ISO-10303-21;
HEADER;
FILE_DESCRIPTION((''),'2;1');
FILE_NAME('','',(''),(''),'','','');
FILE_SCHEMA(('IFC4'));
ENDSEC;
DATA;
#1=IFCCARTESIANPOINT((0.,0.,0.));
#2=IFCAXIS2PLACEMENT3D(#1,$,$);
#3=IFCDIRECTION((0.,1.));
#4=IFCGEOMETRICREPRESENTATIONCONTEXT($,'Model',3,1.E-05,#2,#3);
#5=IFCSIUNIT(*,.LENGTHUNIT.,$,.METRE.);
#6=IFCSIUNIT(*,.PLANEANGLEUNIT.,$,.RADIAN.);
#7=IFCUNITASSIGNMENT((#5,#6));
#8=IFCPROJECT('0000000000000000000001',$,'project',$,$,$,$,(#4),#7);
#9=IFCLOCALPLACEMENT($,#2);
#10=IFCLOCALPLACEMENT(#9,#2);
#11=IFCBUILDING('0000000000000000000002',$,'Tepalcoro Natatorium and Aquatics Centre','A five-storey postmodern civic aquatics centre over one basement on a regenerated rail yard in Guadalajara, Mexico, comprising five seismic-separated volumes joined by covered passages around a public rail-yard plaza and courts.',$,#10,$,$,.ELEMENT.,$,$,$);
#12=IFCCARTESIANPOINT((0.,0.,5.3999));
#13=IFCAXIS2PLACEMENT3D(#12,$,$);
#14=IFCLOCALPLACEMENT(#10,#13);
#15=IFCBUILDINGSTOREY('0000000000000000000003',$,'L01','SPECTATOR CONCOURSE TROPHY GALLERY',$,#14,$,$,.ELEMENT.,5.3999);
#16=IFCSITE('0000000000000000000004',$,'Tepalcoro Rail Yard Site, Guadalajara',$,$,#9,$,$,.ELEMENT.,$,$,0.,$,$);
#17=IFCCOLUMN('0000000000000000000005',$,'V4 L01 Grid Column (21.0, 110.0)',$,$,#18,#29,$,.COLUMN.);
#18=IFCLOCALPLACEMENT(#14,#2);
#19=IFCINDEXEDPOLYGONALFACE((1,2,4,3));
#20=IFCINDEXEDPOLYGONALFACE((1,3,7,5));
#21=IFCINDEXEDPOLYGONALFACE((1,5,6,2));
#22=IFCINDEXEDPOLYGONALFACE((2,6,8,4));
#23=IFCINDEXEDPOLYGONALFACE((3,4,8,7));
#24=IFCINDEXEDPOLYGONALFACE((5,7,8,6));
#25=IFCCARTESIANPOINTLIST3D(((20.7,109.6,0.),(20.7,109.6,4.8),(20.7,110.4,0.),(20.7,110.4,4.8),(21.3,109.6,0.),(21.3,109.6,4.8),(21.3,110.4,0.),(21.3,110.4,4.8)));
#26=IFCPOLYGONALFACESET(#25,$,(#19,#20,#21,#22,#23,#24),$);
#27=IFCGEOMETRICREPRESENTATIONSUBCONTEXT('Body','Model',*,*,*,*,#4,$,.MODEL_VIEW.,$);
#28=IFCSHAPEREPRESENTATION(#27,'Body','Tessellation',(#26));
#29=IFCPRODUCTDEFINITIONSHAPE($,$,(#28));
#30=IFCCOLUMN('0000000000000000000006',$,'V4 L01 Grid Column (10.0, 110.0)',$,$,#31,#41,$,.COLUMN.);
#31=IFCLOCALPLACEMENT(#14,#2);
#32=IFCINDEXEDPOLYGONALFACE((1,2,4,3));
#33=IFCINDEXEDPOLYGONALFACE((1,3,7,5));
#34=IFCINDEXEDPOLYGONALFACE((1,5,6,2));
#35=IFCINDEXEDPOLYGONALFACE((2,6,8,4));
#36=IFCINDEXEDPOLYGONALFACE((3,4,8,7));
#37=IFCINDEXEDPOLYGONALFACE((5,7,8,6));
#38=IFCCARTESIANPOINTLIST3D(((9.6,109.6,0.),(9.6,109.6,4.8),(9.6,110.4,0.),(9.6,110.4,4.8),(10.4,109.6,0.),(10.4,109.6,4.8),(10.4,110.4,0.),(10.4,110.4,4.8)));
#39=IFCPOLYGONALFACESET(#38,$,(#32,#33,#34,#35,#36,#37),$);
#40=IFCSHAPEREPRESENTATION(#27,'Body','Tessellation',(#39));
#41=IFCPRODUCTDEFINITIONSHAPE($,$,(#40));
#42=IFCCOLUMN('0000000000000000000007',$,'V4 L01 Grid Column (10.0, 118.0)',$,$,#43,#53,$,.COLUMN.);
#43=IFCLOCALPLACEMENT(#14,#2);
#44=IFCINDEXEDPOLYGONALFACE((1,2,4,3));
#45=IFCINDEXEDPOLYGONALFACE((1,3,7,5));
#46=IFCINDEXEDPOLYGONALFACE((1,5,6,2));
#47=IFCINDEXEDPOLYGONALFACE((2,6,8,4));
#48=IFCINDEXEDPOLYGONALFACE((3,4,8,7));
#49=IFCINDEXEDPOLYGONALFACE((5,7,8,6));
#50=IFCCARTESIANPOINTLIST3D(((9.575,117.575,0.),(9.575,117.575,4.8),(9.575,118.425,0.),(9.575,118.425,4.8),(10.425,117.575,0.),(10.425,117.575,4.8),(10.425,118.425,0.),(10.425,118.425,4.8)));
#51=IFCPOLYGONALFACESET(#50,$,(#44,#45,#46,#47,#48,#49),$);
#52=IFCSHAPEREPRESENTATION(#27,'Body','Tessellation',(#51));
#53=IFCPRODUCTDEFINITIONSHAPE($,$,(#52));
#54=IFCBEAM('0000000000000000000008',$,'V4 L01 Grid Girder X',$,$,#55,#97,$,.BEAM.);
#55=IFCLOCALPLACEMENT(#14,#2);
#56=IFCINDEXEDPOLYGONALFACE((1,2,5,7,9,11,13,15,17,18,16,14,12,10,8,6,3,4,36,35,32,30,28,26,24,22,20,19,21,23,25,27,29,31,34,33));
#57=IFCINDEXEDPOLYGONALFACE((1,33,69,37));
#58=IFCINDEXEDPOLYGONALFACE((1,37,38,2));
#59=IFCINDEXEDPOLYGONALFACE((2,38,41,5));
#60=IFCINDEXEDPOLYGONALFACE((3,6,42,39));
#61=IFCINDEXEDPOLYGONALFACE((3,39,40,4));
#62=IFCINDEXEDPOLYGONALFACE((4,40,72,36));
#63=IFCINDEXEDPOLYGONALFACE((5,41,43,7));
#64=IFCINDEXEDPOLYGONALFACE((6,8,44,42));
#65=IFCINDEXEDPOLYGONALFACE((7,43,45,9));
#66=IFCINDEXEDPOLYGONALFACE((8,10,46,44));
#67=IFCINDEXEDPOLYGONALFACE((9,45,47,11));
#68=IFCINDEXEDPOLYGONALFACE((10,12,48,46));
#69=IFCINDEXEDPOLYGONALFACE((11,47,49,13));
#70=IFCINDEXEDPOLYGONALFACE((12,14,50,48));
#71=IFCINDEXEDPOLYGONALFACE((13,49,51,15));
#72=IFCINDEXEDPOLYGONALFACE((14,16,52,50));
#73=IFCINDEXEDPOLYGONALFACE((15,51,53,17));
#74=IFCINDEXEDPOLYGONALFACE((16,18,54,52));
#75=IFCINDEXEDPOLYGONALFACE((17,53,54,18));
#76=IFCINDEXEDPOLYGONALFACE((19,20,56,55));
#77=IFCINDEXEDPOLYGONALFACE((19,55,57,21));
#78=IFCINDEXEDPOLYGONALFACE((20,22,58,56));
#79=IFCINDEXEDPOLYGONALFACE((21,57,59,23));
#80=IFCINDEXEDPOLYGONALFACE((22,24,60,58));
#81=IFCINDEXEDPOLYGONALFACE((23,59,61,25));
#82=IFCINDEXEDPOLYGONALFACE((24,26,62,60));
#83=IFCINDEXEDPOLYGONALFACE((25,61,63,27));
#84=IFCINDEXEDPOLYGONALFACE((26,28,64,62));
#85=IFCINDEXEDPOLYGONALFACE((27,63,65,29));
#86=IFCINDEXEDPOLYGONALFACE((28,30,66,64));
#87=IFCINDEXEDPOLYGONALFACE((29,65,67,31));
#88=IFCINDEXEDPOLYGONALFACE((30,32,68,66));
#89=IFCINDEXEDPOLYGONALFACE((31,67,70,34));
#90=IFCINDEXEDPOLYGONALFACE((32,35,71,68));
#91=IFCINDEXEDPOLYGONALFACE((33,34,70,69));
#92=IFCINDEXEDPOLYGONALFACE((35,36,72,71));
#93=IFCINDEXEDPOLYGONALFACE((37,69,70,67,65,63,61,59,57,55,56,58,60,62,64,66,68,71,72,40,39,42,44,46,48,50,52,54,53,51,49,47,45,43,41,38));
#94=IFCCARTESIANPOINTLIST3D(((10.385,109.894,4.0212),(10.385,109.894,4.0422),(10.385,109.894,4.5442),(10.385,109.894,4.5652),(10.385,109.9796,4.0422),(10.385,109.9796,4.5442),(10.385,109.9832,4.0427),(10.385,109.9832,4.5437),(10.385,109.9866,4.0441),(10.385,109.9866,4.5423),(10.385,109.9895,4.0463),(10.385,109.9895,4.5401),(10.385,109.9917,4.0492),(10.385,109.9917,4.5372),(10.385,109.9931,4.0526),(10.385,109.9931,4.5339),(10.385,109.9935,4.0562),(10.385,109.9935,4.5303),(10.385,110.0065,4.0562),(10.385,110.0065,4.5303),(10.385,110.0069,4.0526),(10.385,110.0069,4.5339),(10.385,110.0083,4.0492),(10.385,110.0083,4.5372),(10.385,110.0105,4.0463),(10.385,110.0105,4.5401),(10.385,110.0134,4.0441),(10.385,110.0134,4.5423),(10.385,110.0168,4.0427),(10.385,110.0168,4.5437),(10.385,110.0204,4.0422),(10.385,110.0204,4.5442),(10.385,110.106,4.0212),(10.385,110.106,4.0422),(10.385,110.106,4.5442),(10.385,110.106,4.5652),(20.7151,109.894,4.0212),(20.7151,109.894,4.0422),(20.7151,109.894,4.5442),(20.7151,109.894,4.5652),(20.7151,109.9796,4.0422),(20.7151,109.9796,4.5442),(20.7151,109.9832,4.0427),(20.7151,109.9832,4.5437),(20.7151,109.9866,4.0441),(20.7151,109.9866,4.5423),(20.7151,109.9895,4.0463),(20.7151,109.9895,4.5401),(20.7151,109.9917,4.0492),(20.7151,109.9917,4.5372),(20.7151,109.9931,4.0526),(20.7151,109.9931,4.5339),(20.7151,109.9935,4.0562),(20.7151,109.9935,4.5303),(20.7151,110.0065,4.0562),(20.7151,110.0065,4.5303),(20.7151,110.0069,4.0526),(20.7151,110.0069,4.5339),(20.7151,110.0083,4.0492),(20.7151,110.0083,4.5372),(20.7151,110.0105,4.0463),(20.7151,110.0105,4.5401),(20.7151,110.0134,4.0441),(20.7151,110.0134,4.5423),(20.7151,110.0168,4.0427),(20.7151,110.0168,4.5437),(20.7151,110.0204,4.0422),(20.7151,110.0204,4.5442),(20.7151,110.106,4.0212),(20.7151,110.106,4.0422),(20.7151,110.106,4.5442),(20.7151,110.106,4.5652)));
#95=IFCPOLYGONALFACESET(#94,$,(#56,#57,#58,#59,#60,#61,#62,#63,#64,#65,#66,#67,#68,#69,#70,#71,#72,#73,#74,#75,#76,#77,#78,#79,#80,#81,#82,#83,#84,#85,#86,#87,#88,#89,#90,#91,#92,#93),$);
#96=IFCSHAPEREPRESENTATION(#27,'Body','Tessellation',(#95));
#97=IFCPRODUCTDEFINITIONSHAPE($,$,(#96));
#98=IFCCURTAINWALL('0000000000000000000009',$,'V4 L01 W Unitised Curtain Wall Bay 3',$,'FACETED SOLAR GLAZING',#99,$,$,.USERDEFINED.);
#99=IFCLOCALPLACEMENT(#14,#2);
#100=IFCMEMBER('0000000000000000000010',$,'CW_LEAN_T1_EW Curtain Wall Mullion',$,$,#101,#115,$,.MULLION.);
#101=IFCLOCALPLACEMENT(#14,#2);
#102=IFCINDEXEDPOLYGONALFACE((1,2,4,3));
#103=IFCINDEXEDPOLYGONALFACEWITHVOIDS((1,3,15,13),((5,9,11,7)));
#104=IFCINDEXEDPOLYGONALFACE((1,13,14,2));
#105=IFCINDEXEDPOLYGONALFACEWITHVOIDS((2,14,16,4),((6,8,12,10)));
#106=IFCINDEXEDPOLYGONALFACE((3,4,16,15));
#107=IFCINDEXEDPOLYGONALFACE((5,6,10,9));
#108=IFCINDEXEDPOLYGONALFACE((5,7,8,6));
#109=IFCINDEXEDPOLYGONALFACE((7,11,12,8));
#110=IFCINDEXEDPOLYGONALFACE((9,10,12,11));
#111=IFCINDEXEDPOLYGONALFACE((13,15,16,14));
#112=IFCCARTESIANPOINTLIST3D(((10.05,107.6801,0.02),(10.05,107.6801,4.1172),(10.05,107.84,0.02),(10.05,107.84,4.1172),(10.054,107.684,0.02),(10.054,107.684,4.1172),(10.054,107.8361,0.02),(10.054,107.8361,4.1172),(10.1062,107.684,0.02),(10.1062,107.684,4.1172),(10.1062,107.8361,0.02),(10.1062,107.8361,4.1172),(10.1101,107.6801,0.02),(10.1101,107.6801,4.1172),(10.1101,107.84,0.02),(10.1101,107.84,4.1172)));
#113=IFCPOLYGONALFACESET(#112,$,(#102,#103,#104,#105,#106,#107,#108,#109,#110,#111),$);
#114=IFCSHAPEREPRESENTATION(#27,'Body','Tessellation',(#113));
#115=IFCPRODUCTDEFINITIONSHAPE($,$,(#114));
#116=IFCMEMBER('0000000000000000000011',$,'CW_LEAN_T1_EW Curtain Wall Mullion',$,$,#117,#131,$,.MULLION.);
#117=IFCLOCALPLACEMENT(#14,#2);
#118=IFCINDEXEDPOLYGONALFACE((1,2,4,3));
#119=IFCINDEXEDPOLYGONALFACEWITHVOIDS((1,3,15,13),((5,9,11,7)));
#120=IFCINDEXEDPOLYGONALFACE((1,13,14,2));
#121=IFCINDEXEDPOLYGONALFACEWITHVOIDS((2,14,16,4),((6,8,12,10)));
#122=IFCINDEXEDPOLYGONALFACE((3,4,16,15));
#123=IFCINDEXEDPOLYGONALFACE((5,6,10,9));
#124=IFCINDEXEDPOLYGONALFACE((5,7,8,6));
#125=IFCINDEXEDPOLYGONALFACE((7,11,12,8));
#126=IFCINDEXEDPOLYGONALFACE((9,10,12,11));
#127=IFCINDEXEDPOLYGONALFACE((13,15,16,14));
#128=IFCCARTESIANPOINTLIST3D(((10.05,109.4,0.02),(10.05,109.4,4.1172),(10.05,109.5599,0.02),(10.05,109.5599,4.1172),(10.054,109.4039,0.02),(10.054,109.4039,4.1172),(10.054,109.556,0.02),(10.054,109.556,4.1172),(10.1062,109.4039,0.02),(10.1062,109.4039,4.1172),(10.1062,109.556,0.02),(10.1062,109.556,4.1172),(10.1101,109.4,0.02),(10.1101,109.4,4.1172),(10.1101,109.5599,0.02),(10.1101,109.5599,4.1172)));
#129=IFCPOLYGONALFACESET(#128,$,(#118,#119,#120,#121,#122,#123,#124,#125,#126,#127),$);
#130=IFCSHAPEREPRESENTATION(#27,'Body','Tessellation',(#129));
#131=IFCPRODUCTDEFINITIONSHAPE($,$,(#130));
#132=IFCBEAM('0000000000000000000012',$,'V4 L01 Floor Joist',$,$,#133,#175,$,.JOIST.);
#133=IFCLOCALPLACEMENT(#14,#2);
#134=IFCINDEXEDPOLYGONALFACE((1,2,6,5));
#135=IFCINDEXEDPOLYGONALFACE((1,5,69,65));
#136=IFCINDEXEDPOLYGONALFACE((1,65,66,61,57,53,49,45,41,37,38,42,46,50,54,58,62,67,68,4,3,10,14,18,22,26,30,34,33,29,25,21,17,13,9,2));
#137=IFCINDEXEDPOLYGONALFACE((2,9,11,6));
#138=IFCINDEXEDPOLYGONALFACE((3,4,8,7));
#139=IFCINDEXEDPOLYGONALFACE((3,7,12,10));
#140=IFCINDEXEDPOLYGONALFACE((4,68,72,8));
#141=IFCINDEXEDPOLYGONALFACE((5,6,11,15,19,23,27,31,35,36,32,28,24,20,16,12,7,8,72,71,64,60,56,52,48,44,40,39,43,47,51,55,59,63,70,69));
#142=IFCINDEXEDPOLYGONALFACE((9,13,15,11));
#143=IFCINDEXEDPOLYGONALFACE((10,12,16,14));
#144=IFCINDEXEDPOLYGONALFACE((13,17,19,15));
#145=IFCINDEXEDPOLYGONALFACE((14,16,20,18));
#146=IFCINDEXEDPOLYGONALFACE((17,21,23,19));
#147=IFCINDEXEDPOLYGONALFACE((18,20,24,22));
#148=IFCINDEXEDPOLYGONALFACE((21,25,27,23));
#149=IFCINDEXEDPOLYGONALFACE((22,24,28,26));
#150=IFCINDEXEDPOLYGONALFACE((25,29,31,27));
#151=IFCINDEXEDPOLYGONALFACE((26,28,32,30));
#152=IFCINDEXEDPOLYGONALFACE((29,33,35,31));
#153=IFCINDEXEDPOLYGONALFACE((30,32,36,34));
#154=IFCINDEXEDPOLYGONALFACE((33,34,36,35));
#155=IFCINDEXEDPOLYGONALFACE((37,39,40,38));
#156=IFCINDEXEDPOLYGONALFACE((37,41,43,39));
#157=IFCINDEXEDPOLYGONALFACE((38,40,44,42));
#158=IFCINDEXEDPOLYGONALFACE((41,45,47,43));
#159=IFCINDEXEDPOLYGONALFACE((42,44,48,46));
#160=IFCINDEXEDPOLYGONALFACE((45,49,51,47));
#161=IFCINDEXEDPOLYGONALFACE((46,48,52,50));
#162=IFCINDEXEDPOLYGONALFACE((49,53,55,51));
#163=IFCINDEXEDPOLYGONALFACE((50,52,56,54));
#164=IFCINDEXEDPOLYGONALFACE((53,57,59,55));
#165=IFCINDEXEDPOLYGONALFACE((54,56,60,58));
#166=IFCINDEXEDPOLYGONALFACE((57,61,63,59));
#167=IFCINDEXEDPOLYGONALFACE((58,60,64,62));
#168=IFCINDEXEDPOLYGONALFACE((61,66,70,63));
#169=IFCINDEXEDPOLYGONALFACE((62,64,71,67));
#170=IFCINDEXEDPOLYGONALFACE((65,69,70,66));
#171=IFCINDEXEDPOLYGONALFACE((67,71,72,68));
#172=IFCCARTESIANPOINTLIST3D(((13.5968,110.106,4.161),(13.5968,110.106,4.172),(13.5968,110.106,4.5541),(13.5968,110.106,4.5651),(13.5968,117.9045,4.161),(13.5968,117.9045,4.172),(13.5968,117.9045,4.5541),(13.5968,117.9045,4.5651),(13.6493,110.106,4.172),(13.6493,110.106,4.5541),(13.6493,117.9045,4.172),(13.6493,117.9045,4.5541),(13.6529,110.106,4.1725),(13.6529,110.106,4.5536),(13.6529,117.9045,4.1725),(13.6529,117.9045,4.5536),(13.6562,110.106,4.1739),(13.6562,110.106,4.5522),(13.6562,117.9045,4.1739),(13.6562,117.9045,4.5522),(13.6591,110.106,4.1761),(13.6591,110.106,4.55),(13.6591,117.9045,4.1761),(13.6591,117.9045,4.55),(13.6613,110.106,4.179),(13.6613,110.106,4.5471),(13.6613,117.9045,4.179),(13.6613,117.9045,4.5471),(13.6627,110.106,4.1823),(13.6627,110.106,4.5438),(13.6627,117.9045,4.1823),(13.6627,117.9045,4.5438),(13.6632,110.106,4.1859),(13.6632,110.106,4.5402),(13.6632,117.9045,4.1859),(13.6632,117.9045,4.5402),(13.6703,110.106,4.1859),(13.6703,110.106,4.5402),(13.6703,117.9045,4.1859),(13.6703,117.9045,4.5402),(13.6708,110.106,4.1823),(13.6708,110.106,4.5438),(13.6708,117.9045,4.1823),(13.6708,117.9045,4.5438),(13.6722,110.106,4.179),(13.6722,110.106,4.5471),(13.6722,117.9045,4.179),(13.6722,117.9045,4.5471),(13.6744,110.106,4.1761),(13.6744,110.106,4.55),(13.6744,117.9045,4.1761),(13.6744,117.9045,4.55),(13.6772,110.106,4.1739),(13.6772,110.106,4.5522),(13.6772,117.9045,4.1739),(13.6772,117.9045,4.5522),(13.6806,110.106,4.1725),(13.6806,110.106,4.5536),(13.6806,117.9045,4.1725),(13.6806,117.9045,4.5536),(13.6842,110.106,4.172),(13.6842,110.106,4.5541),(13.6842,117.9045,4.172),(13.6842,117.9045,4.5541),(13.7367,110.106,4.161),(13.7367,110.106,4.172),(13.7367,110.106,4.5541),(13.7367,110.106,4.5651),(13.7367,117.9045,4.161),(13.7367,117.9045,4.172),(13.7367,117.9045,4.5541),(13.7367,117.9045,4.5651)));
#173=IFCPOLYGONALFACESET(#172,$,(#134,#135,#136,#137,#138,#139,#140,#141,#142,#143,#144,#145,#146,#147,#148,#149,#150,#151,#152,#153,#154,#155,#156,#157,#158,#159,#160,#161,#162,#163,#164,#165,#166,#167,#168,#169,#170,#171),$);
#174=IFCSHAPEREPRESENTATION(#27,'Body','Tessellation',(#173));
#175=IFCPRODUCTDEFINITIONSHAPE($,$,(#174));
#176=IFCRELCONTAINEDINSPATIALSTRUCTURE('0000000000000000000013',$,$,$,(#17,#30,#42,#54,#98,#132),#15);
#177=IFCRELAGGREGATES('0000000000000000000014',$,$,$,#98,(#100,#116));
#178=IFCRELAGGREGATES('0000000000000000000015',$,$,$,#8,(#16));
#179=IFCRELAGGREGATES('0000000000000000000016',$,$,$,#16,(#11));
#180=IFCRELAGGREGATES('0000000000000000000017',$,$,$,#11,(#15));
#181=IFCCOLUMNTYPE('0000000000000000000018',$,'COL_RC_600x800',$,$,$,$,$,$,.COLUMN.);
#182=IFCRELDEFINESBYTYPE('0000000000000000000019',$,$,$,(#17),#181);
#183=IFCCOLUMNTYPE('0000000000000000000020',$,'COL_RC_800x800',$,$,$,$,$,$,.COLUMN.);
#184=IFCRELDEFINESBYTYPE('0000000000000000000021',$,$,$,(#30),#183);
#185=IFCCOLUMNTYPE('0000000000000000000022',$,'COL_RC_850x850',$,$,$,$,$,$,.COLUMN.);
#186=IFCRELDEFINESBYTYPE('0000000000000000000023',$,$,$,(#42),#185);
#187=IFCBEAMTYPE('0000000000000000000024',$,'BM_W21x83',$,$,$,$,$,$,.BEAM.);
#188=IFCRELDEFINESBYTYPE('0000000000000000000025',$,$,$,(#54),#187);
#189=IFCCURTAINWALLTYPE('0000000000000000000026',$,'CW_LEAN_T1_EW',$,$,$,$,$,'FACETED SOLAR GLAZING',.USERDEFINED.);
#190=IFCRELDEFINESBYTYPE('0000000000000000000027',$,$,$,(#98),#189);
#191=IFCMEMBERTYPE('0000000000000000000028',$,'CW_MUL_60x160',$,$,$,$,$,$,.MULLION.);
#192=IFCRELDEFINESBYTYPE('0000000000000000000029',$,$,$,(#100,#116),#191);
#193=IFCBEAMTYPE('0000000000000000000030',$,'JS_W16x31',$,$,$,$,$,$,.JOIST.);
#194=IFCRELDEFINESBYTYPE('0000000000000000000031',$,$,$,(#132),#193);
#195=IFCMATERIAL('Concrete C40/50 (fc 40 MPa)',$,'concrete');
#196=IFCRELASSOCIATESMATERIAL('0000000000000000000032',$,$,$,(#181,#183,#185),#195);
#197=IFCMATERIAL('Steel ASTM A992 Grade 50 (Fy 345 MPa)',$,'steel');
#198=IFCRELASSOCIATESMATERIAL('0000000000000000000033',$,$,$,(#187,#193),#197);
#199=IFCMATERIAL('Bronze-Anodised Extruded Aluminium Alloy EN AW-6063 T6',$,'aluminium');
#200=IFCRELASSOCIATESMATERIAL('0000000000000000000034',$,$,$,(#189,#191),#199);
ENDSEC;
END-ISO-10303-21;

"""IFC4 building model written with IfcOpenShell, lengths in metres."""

from ifc_helpers import new_model, si_unit, direction, frame, origin, origin_2d, place, context, subcontext, project, spatial, rectangle, hollow_rectangle, i_section, extrude, material, material_profile, profile_set, type_object, element, aggregate, save


model = new_model("IFC4")

# Units and contexts
model_context = context("Model", 3, precision=1e-05, world=origin(), true_north=direction((0.0, 1.0)))
body_context = subcontext(model_context, "Body", "Model", "MODEL_VIEW")
ifc_project = project(units=[si_unit("LENGTHUNIT", "METRE"), si_unit("PLANEANGLEUNIT", "RADIAN")], contexts=[model_context])

# Site, building, storey
site_placement = place(None, origin())
site = spatial("IfcSite", under=ifc_project, at=site_placement, Name="Tepalcoro Rail Yard Site, Guadalajara", CompositionType="ELEMENT", RefElevation=0.0)
building_placement = place(site_placement, origin())
building = spatial("IfcBuilding", under=site, at=building_placement, Name="Tepalcoro Natatorium and Aquatics Centre", Description="A five-storey postmodern civic aquatics centre over one basement on a regenerated rail yard in Guadalajara, Mexico, comprising five seismic-separated volumes joined by covered passages around a public rail-yard plaza and courts.", CompositionType="ELEMENT")
storey_placement = place(building_placement, frame((0.0, 0.0, 5.3999)))
storey = spatial("IfcBuildingStorey", under=building, at=storey_placement, Name="L01", Description="SPECTATOR CONCOURSE TROPHY GALLERY", CompositionType="ELEMENT", Elevation=5.3999)

# Columns
ifc_material_1 = material(Name="Concrete C40/50 (fc 40 MPa)", Category="concrete")
ifc_material_profile_1 = material_profile(ifc_material_1, rectangle(XDim=0.6001, YDim=0.8, at=origin_2d()), Name="RC600x800")
ifc_profile_set_1 = profile_set([ifc_material_profile_1], Name="Concrete C40/50 (fc 40 MPa)")
column_type_1 = type_object("IfcColumnType", Name="COL_RC_600x800", PredefinedType="COLUMN", material=ifc_profile_set_1)
column_1_placement = place(storey_placement, frame((21.0, 110.0, 0.0), z_axis=(0.0, 0.0, 1.0), x_axis=(1.0, 0.0, 0.0)))
element("IfcColumn", 1, at=column_1_placement, inside=storey, type_object=column_type_1, Name="V4 L01 Grid Column (21.0, 110.0)", PredefinedType="COLUMN", context=body_context, shape_type="SweptSolid", body=[
    extrude(rectangle(XDim=0.6001, YDim=0.8, at=origin_2d()), origin(), (0.0, 0.0, 1.0), 4.8),
])
ifc_material_profile_2 = material_profile(ifc_material_1, rectangle(XDim=0.8, YDim=0.8, at=origin_2d()), Name="RC800x800")
ifc_profile_set_2 = profile_set([ifc_material_profile_2], Name="Concrete C40/50 (fc 40 MPa)")
column_type_2 = type_object("IfcColumnType", Name="COL_RC_800x800", PredefinedType="COLUMN", material=ifc_profile_set_2)
column_2_placement = place(storey_placement, frame((10.0, 110.0, 0.0), z_axis=(0.0, 0.0, 1.0), x_axis=(1.0, 0.0, 0.0)))
element("IfcColumn", 2, at=column_2_placement, inside=storey, type_object=column_type_2, Name="V4 L01 Grid Column (10.0, 110.0)", PredefinedType="COLUMN", context=body_context, shape_type="SweptSolid", body=[
    extrude(rectangle(XDim=0.8, YDim=0.8, at=origin_2d()), origin(), (0.0, 0.0, 1.0), 4.8),
])
ifc_material_profile_3 = material_profile(ifc_material_1, rectangle(XDim=0.8501, YDim=0.8501, at=origin_2d()), Name="RC850x850")
ifc_profile_set_3 = profile_set([ifc_material_profile_3], Name="Concrete C40/50 (fc 40 MPa)")
column_type_3 = type_object("IfcColumnType", Name="COL_RC_850x850", PredefinedType="COLUMN", material=ifc_profile_set_3)
column_3_placement = place(storey_placement, frame((10.0, 118.0, 0.0), z_axis=(0.0, 0.0, 1.0), x_axis=(1.0, 0.0, 0.0)))
element("IfcColumn", 3, at=column_3_placement, inside=storey, type_object=column_type_3, Name="V4 L01 Grid Column (10.0, 118.0)", PredefinedType="COLUMN", context=body_context, shape_type="SweptSolid", body=[
    extrude(rectangle(XDim=0.8501, YDim=0.8501, at=origin_2d()), origin(), (0.0, 0.0, 1.0), 4.8),
])

# Beam
ifc_material_2 = material(Name="Steel ASTM A992 Grade 50 (Fy 345 MPa)", Category="steel")
ifc_material_profile_4 = material_profile(ifc_material_2, i_section(OverallWidth=0.2119, OverallDepth=0.5439, WebThickness=0.0129, FlangeThickness=0.021, FilletRadius=0.0139, at=origin_2d()), Name="W21X83")
ifc_profile_set_4 = profile_set([ifc_material_profile_4], Name="Steel ASTM A992 Grade 50 (Fy 345 MPa)")
beam_type_1 = type_object("IfcBeamType", Name="BM_W21x83", PredefinedType="BEAM", material=ifc_profile_set_4)
beam_1_placement = place(storey_placement, frame((10.385, 110.0, 4.2932), z_axis=(1.0, 0.0, 0.0), x_axis=(0.0, 1.0, 0.0)))
element("IfcBeam", 4, at=beam_1_placement, inside=storey, type_object=beam_type_1, Name="V4 L01 Grid Girder X", PredefinedType="BEAM", context=body_context, shape_type="SweptSolid", body=[
    extrude(i_section(OverallWidth=0.2119, OverallDepth=0.5439, WebThickness=0.0129, FlangeThickness=0.021, FilletRadius=0.0139, at=origin_2d()), origin(), (0.0, 0.0, 1.0), 10.3301),
])

# Curtain wall, members
ifc_material_3 = material(Name="Bronze-Anodised Extruded Aluminium Alloy EN AW-6063 T6", Category="aluminium")
curtain_wall_type = type_object("IfcCurtainWallType", Name="CW_LEAN_T1_EW", ElementType="FACETED SOLAR GLAZING", PredefinedType="USERDEFINED", material=ifc_material_3)
curtain_wall_placement = place(storey_placement, origin())
curtain_wall = element("IfcCurtainWall", 5, at=curtain_wall_placement, inside=storey, type_object=curtain_wall_type, Name="V4 L01 W Unitised Curtain Wall Bay 3", ObjectType="FACETED SOLAR GLAZING", PredefinedType="USERDEFINED")
ifc_material_profile_5 = material_profile(ifc_material_3, hollow_rectangle(XDim=0.0601, YDim=0.1599, WallThickness=0.0039, at=origin_2d()), Name="AL60X160X4")
ifc_profile_set_5 = profile_set([ifc_material_profile_5], Name="Bronze-Anodised Extruded Aluminium Alloy EN AW-6063 T6")
member_type = type_object("IfcMemberType", Name="CW_MUL_60x160", PredefinedType="MULLION", material=ifc_profile_set_5)
member_1_placement = place(storey_placement, frame((10.0801, 107.76, 0.02), z_axis=(0.0, 0.0, 1.0), x_axis=(1.0, 0.0, 0.0)))
member_1 = element("IfcMember", 6, at=member_1_placement, type_object=member_type, Name="CW_LEAN_T1_EW Curtain Wall Mullion", PredefinedType="MULLION", context=body_context, shape_type="SweptSolid", body=[
    extrude(hollow_rectangle(XDim=0.0601, YDim=0.1599, WallThickness=0.0039, at=origin_2d()), origin(), (0.0, 0.0, 1.0), 4.0972),
])
member_2_placement = place(storey_placement, frame((10.0801, 109.48, 0.02), z_axis=(0.0, 0.0, 1.0), x_axis=(1.0, 0.0, 0.0)))
member_2 = element("IfcMember", 7, at=member_2_placement, type_object=member_type, Name="CW_LEAN_T1_EW Curtain Wall Mullion", PredefinedType="MULLION", context=body_context, shape_type="SweptSolid", body=[
    extrude(hollow_rectangle(XDim=0.0601, YDim=0.1599, WallThickness=0.0039, at=origin_2d()), origin(), (0.0, 0.0, 1.0), 4.0972),
])

# Beam
ifc_material_profile_6 = material_profile(ifc_material_2, i_section(OverallWidth=0.1399, OverallDepth=0.4041, WebThickness=0.0071, FlangeThickness=0.011, FilletRadius=0.0139, at=origin_2d()), Name="W16X31")
ifc_profile_set_6 = profile_set([ifc_material_profile_6], Name="Steel ASTM A992 Grade 50 (Fy 345 MPa)")
beam_type_2 = type_object("IfcBeamType", Name="JS_W16x31", PredefinedType="JOIST", material=ifc_profile_set_6)
beam_2_placement = place(storey_placement, frame((13.6667, 110.106, 4.363), z_axis=(0.0, 1.0, 0.0), x_axis=(-1.0, 0.0, 0.0)))
element("IfcBeam", 8, at=beam_2_placement, inside=storey, type_object=beam_type_2, Name="V4 L01 Floor Joist", PredefinedType="JOIST", context=body_context, shape_type="SweptSolid", body=[
    extrude(i_section(OverallWidth=0.1399, OverallDepth=0.4041, WebThickness=0.0071, FlangeThickness=0.011, FilletRadius=0.0139, at=origin_2d()), origin(), (0.0, 0.0, 1.0), 7.7986),
])

aggregate(curtain_wall, [member_1, member_2])

save(model, "model.ifc")
